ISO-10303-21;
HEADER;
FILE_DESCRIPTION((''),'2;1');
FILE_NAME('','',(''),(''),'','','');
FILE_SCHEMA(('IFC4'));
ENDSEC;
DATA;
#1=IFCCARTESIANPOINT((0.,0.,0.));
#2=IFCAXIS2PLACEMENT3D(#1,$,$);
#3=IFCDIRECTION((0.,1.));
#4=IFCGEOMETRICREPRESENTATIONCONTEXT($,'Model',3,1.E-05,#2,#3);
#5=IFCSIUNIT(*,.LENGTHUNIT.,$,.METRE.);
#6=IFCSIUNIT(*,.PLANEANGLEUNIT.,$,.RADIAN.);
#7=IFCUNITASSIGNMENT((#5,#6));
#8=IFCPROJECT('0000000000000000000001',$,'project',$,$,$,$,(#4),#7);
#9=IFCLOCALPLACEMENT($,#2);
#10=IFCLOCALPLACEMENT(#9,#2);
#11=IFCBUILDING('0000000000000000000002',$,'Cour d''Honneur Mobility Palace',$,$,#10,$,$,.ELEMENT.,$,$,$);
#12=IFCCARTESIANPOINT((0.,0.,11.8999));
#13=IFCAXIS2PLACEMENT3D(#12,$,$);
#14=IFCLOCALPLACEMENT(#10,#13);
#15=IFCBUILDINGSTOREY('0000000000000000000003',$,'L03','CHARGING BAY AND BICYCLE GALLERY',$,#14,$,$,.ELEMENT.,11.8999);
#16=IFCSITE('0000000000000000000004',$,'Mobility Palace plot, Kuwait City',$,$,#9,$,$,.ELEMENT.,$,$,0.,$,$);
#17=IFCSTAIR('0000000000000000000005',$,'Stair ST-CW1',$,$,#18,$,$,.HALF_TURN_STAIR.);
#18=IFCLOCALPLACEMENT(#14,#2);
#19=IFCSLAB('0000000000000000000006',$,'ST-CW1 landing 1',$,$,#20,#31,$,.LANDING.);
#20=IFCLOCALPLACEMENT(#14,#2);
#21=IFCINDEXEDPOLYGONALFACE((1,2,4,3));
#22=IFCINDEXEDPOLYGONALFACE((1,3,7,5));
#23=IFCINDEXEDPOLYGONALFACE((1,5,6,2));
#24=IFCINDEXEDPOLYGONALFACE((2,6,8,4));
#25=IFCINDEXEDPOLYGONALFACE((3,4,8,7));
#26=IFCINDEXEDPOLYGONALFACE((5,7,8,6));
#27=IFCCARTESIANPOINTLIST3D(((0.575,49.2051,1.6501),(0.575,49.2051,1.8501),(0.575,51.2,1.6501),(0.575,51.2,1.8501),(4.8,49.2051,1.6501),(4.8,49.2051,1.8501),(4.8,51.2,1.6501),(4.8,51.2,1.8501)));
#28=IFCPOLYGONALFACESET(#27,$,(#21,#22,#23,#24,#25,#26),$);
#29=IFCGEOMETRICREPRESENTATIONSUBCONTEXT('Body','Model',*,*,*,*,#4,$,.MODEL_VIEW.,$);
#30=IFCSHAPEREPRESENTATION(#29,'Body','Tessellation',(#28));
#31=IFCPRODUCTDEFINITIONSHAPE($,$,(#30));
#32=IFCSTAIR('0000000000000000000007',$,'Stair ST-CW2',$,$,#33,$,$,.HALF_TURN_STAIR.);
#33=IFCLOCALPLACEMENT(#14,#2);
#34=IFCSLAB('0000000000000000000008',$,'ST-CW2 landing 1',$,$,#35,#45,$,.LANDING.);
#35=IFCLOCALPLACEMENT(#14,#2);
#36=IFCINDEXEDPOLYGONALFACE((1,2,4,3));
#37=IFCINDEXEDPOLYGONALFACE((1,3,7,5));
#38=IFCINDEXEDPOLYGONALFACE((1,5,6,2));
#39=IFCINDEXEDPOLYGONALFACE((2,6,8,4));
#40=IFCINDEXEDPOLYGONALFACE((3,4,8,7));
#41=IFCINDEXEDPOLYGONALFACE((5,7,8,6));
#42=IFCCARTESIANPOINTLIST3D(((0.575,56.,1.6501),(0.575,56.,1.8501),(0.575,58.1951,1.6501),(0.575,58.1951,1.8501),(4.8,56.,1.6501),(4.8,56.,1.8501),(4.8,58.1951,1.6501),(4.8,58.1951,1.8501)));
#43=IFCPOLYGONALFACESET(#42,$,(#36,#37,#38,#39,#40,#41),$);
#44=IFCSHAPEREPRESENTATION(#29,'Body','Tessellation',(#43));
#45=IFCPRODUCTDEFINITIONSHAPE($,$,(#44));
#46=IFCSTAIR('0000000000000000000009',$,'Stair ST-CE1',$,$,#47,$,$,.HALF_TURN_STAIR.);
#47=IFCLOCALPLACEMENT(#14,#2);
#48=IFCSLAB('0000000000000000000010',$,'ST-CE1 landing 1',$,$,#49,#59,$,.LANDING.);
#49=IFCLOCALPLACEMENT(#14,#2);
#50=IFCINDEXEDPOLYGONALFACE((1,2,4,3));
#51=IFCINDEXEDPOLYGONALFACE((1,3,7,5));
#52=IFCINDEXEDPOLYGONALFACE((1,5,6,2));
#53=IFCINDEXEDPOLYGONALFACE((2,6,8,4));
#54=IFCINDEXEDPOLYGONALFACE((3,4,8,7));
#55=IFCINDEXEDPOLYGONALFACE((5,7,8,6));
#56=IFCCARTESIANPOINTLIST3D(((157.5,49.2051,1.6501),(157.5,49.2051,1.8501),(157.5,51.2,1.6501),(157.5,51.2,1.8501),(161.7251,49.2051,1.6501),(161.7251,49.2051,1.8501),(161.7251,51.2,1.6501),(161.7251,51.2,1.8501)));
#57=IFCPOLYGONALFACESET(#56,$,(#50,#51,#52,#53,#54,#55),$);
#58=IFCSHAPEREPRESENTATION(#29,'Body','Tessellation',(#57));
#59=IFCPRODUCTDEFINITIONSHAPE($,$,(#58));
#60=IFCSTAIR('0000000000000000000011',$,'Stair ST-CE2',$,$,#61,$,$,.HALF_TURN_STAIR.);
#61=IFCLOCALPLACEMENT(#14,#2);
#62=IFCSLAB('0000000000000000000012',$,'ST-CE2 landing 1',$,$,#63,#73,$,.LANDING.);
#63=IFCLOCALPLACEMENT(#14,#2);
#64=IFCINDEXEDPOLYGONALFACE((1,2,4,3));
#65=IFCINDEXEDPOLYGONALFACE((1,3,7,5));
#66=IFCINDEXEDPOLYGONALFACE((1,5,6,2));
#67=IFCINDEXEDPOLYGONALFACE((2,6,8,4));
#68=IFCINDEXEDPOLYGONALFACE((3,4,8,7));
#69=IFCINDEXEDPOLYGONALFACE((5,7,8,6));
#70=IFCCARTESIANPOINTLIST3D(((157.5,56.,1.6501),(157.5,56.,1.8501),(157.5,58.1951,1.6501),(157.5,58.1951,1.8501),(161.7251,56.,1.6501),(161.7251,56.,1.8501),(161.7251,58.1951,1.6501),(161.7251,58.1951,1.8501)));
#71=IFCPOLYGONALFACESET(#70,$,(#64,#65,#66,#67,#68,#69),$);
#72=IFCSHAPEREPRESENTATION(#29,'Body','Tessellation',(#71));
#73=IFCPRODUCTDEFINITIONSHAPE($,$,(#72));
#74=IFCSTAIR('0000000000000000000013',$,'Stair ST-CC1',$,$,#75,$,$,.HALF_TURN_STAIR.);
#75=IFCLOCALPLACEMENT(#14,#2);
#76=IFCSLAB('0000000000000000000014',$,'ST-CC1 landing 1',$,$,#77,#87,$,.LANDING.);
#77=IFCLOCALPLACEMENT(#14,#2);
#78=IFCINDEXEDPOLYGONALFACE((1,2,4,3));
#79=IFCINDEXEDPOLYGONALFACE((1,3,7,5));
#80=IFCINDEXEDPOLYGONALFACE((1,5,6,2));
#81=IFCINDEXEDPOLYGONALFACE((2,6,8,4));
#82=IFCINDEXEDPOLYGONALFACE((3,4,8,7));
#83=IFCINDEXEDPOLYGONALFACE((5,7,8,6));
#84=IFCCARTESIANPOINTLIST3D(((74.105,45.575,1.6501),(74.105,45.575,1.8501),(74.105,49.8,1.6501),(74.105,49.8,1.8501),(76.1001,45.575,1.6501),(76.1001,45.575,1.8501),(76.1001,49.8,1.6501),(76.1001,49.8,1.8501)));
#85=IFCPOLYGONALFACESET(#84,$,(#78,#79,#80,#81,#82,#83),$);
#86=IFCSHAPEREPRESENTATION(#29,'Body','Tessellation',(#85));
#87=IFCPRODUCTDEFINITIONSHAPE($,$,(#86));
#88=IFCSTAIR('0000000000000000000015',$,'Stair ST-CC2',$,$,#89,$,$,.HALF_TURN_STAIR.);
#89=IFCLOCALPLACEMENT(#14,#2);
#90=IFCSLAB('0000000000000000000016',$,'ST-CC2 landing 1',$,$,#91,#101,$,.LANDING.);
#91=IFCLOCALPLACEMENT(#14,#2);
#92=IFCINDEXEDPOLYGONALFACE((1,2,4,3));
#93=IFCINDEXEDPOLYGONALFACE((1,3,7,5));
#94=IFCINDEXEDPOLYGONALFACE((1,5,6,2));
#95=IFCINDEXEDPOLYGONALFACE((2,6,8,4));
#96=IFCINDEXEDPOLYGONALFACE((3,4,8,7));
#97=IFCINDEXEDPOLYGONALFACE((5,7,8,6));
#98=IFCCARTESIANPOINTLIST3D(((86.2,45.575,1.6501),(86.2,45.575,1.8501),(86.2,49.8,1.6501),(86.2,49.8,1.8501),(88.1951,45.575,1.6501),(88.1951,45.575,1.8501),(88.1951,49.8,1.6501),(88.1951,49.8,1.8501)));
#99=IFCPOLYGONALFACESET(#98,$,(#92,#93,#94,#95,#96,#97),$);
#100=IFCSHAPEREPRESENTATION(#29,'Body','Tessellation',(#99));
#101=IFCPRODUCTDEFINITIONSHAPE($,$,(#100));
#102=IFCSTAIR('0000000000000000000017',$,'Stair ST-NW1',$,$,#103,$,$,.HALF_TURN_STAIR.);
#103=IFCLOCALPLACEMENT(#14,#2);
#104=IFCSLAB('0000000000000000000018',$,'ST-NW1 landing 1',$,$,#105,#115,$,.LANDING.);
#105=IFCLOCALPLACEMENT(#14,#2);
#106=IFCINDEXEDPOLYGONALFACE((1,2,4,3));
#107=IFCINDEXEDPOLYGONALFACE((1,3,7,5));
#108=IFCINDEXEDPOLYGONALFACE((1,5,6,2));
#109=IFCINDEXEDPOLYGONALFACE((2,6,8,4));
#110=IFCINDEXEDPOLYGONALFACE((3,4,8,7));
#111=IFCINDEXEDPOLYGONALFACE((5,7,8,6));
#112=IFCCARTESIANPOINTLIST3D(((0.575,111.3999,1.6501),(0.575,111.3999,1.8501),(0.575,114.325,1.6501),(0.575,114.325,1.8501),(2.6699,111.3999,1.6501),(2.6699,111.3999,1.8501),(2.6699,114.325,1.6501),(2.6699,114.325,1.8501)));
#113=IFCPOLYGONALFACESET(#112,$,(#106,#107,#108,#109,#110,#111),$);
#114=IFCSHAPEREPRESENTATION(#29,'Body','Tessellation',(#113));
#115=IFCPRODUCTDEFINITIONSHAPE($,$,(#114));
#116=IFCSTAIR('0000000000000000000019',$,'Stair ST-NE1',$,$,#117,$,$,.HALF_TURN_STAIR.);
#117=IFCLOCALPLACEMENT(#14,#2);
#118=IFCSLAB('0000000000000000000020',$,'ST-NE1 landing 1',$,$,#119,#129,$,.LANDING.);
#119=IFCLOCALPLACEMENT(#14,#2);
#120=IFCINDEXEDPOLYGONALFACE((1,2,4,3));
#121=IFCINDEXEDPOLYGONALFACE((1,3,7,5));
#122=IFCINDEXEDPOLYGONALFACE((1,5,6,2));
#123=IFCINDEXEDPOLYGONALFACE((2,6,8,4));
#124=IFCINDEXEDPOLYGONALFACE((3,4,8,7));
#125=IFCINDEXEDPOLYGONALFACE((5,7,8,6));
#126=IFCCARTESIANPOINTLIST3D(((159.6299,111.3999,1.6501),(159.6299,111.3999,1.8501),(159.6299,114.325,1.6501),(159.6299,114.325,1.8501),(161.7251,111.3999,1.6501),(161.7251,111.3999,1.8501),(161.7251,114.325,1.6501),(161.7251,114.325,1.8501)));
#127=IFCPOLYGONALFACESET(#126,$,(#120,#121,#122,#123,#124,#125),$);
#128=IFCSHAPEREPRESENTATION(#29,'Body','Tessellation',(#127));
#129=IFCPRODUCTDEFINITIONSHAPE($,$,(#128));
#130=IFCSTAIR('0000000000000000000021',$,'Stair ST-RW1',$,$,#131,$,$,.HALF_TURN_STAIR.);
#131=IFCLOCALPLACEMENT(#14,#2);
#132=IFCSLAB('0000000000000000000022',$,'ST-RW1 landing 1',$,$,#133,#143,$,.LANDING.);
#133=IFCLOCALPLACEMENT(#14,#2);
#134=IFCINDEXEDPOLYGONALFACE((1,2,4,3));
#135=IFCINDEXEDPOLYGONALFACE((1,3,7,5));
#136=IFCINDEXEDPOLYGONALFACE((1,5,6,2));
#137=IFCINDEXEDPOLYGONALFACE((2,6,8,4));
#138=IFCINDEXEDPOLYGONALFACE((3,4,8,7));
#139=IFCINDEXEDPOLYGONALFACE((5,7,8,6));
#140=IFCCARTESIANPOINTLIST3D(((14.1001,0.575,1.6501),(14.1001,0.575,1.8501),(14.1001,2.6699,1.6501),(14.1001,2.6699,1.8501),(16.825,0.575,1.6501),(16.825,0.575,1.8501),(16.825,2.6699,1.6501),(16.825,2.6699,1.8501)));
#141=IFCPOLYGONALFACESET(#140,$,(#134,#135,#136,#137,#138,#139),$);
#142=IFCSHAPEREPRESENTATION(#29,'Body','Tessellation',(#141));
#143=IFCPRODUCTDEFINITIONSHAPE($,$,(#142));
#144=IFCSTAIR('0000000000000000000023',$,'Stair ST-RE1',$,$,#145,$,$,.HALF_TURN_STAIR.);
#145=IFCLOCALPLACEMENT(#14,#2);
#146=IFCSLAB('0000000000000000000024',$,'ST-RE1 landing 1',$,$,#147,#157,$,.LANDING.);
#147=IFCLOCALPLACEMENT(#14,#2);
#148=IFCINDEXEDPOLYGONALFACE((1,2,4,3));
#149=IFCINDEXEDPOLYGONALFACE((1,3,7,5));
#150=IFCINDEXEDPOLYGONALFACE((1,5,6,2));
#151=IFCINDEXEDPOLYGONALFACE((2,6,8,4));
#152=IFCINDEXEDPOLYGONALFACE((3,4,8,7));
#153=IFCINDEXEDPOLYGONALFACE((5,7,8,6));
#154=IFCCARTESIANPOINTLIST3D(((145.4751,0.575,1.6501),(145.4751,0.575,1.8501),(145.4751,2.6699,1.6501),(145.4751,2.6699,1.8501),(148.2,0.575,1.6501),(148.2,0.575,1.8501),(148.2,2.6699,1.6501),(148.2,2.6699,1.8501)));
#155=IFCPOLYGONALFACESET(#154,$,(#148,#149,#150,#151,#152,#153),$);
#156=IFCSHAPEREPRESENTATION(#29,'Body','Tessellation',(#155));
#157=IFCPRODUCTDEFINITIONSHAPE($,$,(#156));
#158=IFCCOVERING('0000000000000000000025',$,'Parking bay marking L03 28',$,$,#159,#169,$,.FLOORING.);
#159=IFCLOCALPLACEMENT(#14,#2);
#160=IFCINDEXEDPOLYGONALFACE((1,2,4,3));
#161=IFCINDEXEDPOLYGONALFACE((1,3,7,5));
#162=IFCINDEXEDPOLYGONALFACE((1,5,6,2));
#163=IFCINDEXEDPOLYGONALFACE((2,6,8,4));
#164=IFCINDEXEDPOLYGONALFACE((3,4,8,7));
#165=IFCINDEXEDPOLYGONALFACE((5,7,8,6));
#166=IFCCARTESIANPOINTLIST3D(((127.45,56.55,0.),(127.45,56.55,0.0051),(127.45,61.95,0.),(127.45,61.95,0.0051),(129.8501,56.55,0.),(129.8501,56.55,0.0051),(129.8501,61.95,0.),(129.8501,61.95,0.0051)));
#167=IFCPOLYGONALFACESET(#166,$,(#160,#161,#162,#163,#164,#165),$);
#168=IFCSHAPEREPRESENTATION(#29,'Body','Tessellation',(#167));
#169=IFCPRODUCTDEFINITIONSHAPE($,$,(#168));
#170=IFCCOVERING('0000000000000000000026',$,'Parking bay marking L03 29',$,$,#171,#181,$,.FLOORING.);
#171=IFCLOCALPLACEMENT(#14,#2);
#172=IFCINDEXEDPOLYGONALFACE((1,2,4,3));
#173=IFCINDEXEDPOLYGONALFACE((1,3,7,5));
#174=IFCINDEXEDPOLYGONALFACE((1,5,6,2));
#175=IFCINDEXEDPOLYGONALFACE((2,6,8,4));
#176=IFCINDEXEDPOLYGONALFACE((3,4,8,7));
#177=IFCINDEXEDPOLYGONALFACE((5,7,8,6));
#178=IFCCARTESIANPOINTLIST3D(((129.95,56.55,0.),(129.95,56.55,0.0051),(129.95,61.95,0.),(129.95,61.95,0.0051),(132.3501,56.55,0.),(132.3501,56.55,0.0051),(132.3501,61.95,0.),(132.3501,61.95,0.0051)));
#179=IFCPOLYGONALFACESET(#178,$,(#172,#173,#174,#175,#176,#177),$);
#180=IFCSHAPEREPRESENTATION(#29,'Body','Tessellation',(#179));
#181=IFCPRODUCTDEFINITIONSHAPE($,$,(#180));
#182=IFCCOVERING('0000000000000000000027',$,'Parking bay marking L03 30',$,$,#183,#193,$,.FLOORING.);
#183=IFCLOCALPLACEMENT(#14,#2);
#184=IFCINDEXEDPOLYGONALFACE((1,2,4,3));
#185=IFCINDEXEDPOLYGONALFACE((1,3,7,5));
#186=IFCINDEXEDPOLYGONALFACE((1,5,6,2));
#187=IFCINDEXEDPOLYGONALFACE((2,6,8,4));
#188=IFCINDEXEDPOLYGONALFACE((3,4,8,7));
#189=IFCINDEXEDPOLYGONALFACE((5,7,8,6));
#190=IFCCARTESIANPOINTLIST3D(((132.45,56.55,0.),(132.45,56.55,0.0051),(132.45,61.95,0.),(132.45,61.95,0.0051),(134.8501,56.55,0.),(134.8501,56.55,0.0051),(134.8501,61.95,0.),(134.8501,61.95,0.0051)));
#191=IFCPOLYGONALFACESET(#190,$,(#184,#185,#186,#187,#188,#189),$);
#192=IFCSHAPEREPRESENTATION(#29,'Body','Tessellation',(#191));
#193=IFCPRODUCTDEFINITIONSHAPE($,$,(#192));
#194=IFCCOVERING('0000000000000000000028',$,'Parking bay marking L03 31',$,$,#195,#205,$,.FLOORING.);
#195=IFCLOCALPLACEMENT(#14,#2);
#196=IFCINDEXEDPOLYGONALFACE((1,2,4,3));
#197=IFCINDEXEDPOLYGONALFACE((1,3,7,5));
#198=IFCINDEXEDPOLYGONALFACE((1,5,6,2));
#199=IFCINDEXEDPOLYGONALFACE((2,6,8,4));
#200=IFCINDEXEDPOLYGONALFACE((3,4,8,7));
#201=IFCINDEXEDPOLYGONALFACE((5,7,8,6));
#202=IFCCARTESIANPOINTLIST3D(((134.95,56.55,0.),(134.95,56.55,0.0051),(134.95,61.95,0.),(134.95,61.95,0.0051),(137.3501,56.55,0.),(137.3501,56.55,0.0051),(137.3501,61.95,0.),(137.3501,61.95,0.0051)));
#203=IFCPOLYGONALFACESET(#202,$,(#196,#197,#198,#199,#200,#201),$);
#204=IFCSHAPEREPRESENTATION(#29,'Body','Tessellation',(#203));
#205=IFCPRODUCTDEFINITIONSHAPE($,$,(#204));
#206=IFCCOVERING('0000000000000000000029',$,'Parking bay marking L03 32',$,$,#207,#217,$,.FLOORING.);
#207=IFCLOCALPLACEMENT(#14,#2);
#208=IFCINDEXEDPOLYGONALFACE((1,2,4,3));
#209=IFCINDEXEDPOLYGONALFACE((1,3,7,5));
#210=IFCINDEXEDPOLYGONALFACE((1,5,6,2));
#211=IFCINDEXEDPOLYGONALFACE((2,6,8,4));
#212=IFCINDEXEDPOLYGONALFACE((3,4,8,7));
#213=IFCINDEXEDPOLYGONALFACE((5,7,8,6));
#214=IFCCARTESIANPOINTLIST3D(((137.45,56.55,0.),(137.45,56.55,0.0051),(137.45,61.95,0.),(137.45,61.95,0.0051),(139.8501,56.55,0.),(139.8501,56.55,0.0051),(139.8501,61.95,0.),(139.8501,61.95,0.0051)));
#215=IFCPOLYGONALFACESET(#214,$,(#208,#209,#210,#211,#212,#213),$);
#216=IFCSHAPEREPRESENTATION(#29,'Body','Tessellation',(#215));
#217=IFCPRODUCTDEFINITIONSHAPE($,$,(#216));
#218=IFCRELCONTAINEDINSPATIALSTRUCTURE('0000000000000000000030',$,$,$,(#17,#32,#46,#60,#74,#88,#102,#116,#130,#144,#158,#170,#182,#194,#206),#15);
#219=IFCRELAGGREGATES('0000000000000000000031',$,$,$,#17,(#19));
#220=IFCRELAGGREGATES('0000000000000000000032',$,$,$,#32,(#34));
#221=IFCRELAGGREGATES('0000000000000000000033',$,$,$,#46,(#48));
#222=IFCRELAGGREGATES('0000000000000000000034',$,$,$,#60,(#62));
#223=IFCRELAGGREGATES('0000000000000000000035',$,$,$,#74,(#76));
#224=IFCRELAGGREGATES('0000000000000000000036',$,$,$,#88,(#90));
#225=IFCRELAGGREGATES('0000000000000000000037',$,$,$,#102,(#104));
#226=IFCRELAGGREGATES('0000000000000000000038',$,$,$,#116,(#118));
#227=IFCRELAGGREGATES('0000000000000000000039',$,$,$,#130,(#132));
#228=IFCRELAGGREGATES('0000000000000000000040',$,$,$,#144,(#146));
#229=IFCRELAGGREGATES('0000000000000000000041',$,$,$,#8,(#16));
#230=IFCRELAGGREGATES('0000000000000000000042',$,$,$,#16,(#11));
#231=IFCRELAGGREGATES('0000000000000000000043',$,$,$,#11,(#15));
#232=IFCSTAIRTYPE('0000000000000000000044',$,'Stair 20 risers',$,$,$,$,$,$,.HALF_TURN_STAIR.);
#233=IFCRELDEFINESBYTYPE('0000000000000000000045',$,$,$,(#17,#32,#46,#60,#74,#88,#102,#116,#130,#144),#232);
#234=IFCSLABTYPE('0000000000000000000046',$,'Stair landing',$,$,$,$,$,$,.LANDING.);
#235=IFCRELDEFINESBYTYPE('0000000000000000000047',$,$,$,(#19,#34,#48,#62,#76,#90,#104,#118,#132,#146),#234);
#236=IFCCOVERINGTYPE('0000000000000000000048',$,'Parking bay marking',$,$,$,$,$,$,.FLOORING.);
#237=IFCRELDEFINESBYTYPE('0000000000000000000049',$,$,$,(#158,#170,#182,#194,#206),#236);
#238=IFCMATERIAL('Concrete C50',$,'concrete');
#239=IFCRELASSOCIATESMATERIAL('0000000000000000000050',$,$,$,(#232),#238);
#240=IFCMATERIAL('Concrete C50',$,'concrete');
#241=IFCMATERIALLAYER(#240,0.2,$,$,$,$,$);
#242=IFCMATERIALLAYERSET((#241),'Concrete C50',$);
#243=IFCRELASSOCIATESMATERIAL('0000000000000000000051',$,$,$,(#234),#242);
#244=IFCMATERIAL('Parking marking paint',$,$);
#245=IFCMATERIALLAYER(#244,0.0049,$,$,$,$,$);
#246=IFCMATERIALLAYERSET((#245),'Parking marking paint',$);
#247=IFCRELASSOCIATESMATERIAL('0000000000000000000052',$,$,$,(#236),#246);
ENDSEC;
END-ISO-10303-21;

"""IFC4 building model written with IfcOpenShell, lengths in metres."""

from ifc_helpers import new_model, si_unit, direction, frame, origin, place, context, subcontext, project, spatial, polyline, outline, extrude, material, layer, layer_set, type_object, element, aggregate, save


model = new_model("IFC4")

# Units and contexts
model_context = context("Model", 3, precision=1e-05, world=origin(), true_north=direction((0.0, 1.0)))
body_context = subcontext(model_context, "Body", "Model", "MODEL_VIEW")
ifc_project = project(units=[si_unit("LENGTHUNIT", "METRE"), si_unit("PLANEANGLEUNIT", "RADIAN")], contexts=[model_context])

# Site, building, storey
site_placement = place(None, origin())
site = spatial("IfcSite", under=ifc_project, at=site_placement, Name="Mobility Palace plot, Kuwait City", CompositionType="ELEMENT", RefElevation=0.0)
building_placement = place(site_placement, origin())
building = spatial("IfcBuilding", under=site, at=building_placement, Name="Cour d'Honneur Mobility Palace", CompositionType="ELEMENT")
storey_placement = place(building_placement, frame((0.0, 0.0, 11.8999)))
storey = spatial("IfcBuildingStorey", under=building, at=storey_placement, Name="L03", Description="CHARGING BAY AND BICYCLE GALLERY", CompositionType="ELEMENT", Elevation=11.8999)

# Stairs, slabs
ifc_material_1 = material(Name="Concrete C50", Category="concrete")
stair_type = type_object("IfcStairType", Name="Stair 20 risers", PredefinedType="HALF_TURN_STAIR", material=ifc_material_1)
stair_1_placement = place(storey_placement, origin())
stair_1 = element("IfcStair", 1, at=stair_1_placement, inside=storey, type_object=stair_type, Name="Stair ST-CW1", PredefinedType="HALF_TURN_STAIR")
ifc_material_2 = material(Name="Concrete C50", Category="concrete")
ifc_layer_1 = layer(ifc_material_2, 0.2)
ifc_layer_set_1 = layer_set([ifc_layer_1], Name="Concrete C50")
slab_type = type_object("IfcSlabType", Name="Stair landing", PredefinedType="LANDING", material=ifc_layer_set_1)
slab_1_placement = place(storey_placement, frame((0.0, 0.0, 1.6501)))
slab_1 = element("IfcSlab", 2, at=slab_1_placement, type_object=slab_type, Name="ST-CW1 landing 1", PredefinedType="LANDING", context=body_context, shape_type="SweptSolid", body=[
    extrude(outline(polyline([(0.575, 49.2051), (4.8, 49.2051), (4.8, 51.2), (0.575, 51.2), (0.575, 49.2051)])), origin(), (0.0, 0.0, 1.0), 0.2),
])
aggregate(stair_1, [slab_1])
stair_2_placement = place(storey_placement, origin())
stair_2 = element("IfcStair", 3, at=stair_2_placement, inside=storey, type_object=stair_type, Name="Stair ST-CW2", PredefinedType="HALF_TURN_STAIR")
slab_2_placement = place(storey_placement, frame((0.0, 0.0, 1.6501)))
slab_2 = element("IfcSlab", 4, at=slab_2_placement, type_object=slab_type, Name="ST-CW2 landing 1", PredefinedType="LANDING", context=body_context, shape_type="SweptSolid", body=[
    extrude(outline(polyline([(0.575, 56.0), (4.8, 56.0), (4.8, 58.1951), (0.575, 58.1951), (0.575, 56.0)])), origin(), (0.0, 0.0, 1.0), 0.2),
])
aggregate(stair_2, [slab_2])
stair_3_placement = place(storey_placement, origin())
stair_3 = element("IfcStair", 5, at=stair_3_placement, inside=storey, type_object=stair_type, Name="Stair ST-CE1", PredefinedType="HALF_TURN_STAIR")
slab_3_placement = place(storey_placement, frame((0.0, 0.0, 1.6501)))
slab_3 = element("IfcSlab", 6, at=slab_3_placement, type_object=slab_type, Name="ST-CE1 landing 1", PredefinedType="LANDING", context=body_context, shape_type="SweptSolid", body=[
    extrude(outline(polyline([(157.5, 49.2051), (161.7251, 49.2051), (161.7251, 51.2), (157.5, 51.2), (157.5, 49.2051)])), origin(), (0.0, 0.0, 1.0), 0.2),
])
aggregate(stair_3, [slab_3])
stair_4_placement = place(storey_placement, origin())
stair_4 = element("IfcStair", 7, at=stair_4_placement, inside=storey, type_object=stair_type, Name="Stair ST-CE2", PredefinedType="HALF_TURN_STAIR")
slab_4_placement = place(storey_placement, frame((0.0, 0.0, 1.6501)))
slab_4 = element("IfcSlab", 8, at=slab_4_placement, type_object=slab_type, Name="ST-CE2 landing 1", PredefinedType="LANDING", context=body_context, shape_type="SweptSolid", body=[
    extrude(outline(polyline([(157.5, 56.0), (161.7251, 56.0), (161.7251, 58.1951), (157.5, 58.1951), (157.5, 56.0)])), origin(), (0.0, 0.0, 1.0), 0.2),
])
aggregate(stair_4, [slab_4])
stair_5_placement = place(storey_placement, origin())
stair_5 = element("IfcStair", 9, at=stair_5_placement, inside=storey, type_object=stair_type, Name="Stair ST-CC1", PredefinedType="HALF_TURN_STAIR")
slab_5_placement = place(storey_placement, frame((0.0, 0.0, 1.6501)))
slab_5 = element("IfcSlab", 10, at=slab_5_placement, type_object=slab_type, Name="ST-CC1 landing 1", PredefinedType="LANDING", context=body_context, shape_type="SweptSolid", body=[
    extrude(outline(polyline([(74.105, 45.575), (76.1001, 45.575), (76.1001, 49.8), (74.105, 49.8), (74.105, 45.575)])), origin(), (0.0, 0.0, 1.0), 0.2),
])
aggregate(stair_5, [slab_5])
stair_6_placement = place(storey_placement, origin())
stair_6 = element("IfcStair", 11, at=stair_6_placement, inside=storey, type_object=stair_type, Name="Stair ST-CC2", PredefinedType="HALF_TURN_STAIR")
slab_6_placement = place(storey_placement, frame((0.0, 0.0, 1.6501)))
slab_6 = element("IfcSlab", 12, at=slab_6_placement, type_object=slab_type, Name="ST-CC2 landing 1", PredefinedType="LANDING", context=body_context, shape_type="SweptSolid", body=[
    extrude(outline(polyline([(86.2, 45.575), (88.1951, 45.575), (88.1951, 49.8), (86.2, 49.8), (86.2, 45.575)])), origin(), (0.0, 0.0, 1.0), 0.2),
])
aggregate(stair_6, [slab_6])
stair_7_placement = place(storey_placement, origin())
stair_7 = element("IfcStair", 13, at=stair_7_placement, inside=storey, type_object=stair_type, Name="Stair ST-NW1", PredefinedType="HALF_TURN_STAIR")
slab_7_placement = place(storey_placement, frame((0.0, 0.0, 1.6501)))
slab_7 = element("IfcSlab", 14, at=slab_7_placement, type_object=slab_type, Name="ST-NW1 landing 1", PredefinedType="LANDING", context=body_context, shape_type="SweptSolid", body=[
    extrude(outline(polyline([(0.575, 111.3999), (2.6699, 111.3999), (2.6699, 114.325), (0.575, 114.325), (0.575, 111.3999)])), origin(), (0.0, 0.0, 1.0), 0.2),
])
aggregate(stair_7, [slab_7])
stair_8_placement = place(storey_placement, origin())
stair_8 = element("IfcStair", 15, at=stair_8_placement, inside=storey, type_object=stair_type, Name="Stair ST-NE1", PredefinedType="HALF_TURN_STAIR")
slab_8_placement = place(storey_placement, frame((0.0, 0.0, 1.6501)))
slab_8 = element("IfcSlab", 16, at=slab_8_placement, type_object=slab_type, Name="ST-NE1 landing 1", PredefinedType="LANDING", context=body_context, shape_type="SweptSolid", body=[
    extrude(outline(polyline([(159.6299, 111.3999), (161.7251, 111.3999), (161.7251, 114.325), (159.6299, 114.325), (159.6299, 111.3999)])), origin(), (0.0, 0.0, 1.0), 0.2),
])
aggregate(stair_8, [slab_8])
stair_9_placement = place(storey_placement, origin())
stair_9 = element("IfcStair", 17, at=stair_9_placement, inside=storey, type_object=stair_type, Name="Stair ST-RW1", PredefinedType="HALF_TURN_STAIR")
slab_9_placement = place(storey_placement, frame((0.0, 0.0, 1.6501)))
slab_9 = element("IfcSlab", 18, at=slab_9_placement, type_object=slab_type, Name="ST-RW1 landing 1", PredefinedType="LANDING", context=body_context, shape_type="SweptSolid", body=[
    extrude(outline(polyline([(14.1001, 0.575), (16.825, 0.575), (16.825, 2.6699), (14.1001, 2.6699), (14.1001, 0.575)])), origin(), (0.0, 0.0, 1.0), 0.2),
])
aggregate(stair_9, [slab_9])
stair_10_placement = place(storey_placement, origin())
stair_10 = element("IfcStair", 19, at=stair_10_placement, inside=storey, type_object=stair_type, Name="Stair ST-RE1", PredefinedType="HALF_TURN_STAIR")
slab_10_placement = place(storey_placement, frame((0.0, 0.0, 1.6501)))
slab_10 = element("IfcSlab", 20, at=slab_10_placement, type_object=slab_type, Name="ST-RE1 landing 1", PredefinedType="LANDING", context=body_context, shape_type="SweptSolid", body=[
    extrude(outline(polyline([(145.4751, 0.575), (148.2, 0.575), (148.2, 2.6699), (145.4751, 2.6699), (145.4751, 0.575)])), origin(), (0.0, 0.0, 1.0), 0.2),
])
aggregate(stair_10, [slab_10])

# Coverings
ifc_material_3 = material(Name="Parking marking paint")
ifc_layer_2 = layer(ifc_material_3, 0.0049)
ifc_layer_set_2 = layer_set([ifc_layer_2], Name="Parking marking paint")
covering_type_1 = type_object("IfcCoveringType", Name="Parking bay marking", PredefinedType="FLOORING", material=ifc_layer_set_2)
covering_1_placement = place(storey_placement, origin())
element("IfcCovering", 21, at=covering_1_placement, inside=storey, type_object=covering_type_1, Name="Parking bay marking L03 28", PredefinedType="FLOORING", context=body_context, shape_type="SweptSolid", body=[
    extrude(outline(polyline([(129.8501, 56.55), (127.45, 56.55), (127.45, 61.95), (129.8501, 61.95), (129.8501, 56.55)])), origin(), (0.0, 0.0, 1.0), 0.0051),
])
covering_2_placement = place(storey_placement, origin())
element("IfcCovering", 22, at=covering_2_placement, inside=storey, type_object=covering_type_1, Name="Parking bay marking L03 29", PredefinedType="FLOORING", context=body_context, shape_type="SweptSolid", body=[
    extrude(outline(polyline([(132.3501, 56.55), (129.95, 56.55), (129.95, 61.95), (132.3501, 61.95), (132.3501, 56.55)])), origin(), (0.0, 0.0, 1.0), 0.0051),
])
covering_3_placement = place(storey_placement, origin())
element("IfcCovering", 23, at=covering_3_placement, inside=storey, type_object=covering_type_1, Name="Parking bay marking L03 30", PredefinedType="FLOORING", context=body_context, shape_type="SweptSolid", body=[
    extrude(outline(polyline([(134.8501, 56.55), (132.45, 56.55), (132.45, 61.95), (134.8501, 61.95), (134.8501, 56.55)])), origin(), (0.0, 0.0, 1.0), 0.0051),
])
covering_4_placement = place(storey_placement, origin())
element("IfcCovering", 24, at=covering_4_placement, inside=storey, type_object=covering_type_1, Name="Parking bay marking L03 31", PredefinedType="FLOORING", context=body_context, shape_type="SweptSolid", body=[
    extrude(outline(polyline([(137.3501, 56.55), (134.95, 56.55), (134.95, 61.95), (137.3501, 61.95), (137.3501, 56.55)])), origin(), (0.0, 0.0, 1.0), 0.0051),
])
covering_5_placement = place(storey_placement, origin())
element("IfcCovering", 25, at=covering_5_placement, inside=storey, type_object=covering_type_1, Name="Parking bay marking L03 32", PredefinedType="FLOORING", context=body_context, shape_type="SweptSolid", body=[
    extrude(outline(polyline([(139.8501, 56.55), (137.45, 56.55), (137.45, 61.95), (139.8501, 61.95), (139.8501, 56.55)])), origin(), (0.0, 0.0, 1.0), 0.0051),
])

save(model, "model.ifc")
